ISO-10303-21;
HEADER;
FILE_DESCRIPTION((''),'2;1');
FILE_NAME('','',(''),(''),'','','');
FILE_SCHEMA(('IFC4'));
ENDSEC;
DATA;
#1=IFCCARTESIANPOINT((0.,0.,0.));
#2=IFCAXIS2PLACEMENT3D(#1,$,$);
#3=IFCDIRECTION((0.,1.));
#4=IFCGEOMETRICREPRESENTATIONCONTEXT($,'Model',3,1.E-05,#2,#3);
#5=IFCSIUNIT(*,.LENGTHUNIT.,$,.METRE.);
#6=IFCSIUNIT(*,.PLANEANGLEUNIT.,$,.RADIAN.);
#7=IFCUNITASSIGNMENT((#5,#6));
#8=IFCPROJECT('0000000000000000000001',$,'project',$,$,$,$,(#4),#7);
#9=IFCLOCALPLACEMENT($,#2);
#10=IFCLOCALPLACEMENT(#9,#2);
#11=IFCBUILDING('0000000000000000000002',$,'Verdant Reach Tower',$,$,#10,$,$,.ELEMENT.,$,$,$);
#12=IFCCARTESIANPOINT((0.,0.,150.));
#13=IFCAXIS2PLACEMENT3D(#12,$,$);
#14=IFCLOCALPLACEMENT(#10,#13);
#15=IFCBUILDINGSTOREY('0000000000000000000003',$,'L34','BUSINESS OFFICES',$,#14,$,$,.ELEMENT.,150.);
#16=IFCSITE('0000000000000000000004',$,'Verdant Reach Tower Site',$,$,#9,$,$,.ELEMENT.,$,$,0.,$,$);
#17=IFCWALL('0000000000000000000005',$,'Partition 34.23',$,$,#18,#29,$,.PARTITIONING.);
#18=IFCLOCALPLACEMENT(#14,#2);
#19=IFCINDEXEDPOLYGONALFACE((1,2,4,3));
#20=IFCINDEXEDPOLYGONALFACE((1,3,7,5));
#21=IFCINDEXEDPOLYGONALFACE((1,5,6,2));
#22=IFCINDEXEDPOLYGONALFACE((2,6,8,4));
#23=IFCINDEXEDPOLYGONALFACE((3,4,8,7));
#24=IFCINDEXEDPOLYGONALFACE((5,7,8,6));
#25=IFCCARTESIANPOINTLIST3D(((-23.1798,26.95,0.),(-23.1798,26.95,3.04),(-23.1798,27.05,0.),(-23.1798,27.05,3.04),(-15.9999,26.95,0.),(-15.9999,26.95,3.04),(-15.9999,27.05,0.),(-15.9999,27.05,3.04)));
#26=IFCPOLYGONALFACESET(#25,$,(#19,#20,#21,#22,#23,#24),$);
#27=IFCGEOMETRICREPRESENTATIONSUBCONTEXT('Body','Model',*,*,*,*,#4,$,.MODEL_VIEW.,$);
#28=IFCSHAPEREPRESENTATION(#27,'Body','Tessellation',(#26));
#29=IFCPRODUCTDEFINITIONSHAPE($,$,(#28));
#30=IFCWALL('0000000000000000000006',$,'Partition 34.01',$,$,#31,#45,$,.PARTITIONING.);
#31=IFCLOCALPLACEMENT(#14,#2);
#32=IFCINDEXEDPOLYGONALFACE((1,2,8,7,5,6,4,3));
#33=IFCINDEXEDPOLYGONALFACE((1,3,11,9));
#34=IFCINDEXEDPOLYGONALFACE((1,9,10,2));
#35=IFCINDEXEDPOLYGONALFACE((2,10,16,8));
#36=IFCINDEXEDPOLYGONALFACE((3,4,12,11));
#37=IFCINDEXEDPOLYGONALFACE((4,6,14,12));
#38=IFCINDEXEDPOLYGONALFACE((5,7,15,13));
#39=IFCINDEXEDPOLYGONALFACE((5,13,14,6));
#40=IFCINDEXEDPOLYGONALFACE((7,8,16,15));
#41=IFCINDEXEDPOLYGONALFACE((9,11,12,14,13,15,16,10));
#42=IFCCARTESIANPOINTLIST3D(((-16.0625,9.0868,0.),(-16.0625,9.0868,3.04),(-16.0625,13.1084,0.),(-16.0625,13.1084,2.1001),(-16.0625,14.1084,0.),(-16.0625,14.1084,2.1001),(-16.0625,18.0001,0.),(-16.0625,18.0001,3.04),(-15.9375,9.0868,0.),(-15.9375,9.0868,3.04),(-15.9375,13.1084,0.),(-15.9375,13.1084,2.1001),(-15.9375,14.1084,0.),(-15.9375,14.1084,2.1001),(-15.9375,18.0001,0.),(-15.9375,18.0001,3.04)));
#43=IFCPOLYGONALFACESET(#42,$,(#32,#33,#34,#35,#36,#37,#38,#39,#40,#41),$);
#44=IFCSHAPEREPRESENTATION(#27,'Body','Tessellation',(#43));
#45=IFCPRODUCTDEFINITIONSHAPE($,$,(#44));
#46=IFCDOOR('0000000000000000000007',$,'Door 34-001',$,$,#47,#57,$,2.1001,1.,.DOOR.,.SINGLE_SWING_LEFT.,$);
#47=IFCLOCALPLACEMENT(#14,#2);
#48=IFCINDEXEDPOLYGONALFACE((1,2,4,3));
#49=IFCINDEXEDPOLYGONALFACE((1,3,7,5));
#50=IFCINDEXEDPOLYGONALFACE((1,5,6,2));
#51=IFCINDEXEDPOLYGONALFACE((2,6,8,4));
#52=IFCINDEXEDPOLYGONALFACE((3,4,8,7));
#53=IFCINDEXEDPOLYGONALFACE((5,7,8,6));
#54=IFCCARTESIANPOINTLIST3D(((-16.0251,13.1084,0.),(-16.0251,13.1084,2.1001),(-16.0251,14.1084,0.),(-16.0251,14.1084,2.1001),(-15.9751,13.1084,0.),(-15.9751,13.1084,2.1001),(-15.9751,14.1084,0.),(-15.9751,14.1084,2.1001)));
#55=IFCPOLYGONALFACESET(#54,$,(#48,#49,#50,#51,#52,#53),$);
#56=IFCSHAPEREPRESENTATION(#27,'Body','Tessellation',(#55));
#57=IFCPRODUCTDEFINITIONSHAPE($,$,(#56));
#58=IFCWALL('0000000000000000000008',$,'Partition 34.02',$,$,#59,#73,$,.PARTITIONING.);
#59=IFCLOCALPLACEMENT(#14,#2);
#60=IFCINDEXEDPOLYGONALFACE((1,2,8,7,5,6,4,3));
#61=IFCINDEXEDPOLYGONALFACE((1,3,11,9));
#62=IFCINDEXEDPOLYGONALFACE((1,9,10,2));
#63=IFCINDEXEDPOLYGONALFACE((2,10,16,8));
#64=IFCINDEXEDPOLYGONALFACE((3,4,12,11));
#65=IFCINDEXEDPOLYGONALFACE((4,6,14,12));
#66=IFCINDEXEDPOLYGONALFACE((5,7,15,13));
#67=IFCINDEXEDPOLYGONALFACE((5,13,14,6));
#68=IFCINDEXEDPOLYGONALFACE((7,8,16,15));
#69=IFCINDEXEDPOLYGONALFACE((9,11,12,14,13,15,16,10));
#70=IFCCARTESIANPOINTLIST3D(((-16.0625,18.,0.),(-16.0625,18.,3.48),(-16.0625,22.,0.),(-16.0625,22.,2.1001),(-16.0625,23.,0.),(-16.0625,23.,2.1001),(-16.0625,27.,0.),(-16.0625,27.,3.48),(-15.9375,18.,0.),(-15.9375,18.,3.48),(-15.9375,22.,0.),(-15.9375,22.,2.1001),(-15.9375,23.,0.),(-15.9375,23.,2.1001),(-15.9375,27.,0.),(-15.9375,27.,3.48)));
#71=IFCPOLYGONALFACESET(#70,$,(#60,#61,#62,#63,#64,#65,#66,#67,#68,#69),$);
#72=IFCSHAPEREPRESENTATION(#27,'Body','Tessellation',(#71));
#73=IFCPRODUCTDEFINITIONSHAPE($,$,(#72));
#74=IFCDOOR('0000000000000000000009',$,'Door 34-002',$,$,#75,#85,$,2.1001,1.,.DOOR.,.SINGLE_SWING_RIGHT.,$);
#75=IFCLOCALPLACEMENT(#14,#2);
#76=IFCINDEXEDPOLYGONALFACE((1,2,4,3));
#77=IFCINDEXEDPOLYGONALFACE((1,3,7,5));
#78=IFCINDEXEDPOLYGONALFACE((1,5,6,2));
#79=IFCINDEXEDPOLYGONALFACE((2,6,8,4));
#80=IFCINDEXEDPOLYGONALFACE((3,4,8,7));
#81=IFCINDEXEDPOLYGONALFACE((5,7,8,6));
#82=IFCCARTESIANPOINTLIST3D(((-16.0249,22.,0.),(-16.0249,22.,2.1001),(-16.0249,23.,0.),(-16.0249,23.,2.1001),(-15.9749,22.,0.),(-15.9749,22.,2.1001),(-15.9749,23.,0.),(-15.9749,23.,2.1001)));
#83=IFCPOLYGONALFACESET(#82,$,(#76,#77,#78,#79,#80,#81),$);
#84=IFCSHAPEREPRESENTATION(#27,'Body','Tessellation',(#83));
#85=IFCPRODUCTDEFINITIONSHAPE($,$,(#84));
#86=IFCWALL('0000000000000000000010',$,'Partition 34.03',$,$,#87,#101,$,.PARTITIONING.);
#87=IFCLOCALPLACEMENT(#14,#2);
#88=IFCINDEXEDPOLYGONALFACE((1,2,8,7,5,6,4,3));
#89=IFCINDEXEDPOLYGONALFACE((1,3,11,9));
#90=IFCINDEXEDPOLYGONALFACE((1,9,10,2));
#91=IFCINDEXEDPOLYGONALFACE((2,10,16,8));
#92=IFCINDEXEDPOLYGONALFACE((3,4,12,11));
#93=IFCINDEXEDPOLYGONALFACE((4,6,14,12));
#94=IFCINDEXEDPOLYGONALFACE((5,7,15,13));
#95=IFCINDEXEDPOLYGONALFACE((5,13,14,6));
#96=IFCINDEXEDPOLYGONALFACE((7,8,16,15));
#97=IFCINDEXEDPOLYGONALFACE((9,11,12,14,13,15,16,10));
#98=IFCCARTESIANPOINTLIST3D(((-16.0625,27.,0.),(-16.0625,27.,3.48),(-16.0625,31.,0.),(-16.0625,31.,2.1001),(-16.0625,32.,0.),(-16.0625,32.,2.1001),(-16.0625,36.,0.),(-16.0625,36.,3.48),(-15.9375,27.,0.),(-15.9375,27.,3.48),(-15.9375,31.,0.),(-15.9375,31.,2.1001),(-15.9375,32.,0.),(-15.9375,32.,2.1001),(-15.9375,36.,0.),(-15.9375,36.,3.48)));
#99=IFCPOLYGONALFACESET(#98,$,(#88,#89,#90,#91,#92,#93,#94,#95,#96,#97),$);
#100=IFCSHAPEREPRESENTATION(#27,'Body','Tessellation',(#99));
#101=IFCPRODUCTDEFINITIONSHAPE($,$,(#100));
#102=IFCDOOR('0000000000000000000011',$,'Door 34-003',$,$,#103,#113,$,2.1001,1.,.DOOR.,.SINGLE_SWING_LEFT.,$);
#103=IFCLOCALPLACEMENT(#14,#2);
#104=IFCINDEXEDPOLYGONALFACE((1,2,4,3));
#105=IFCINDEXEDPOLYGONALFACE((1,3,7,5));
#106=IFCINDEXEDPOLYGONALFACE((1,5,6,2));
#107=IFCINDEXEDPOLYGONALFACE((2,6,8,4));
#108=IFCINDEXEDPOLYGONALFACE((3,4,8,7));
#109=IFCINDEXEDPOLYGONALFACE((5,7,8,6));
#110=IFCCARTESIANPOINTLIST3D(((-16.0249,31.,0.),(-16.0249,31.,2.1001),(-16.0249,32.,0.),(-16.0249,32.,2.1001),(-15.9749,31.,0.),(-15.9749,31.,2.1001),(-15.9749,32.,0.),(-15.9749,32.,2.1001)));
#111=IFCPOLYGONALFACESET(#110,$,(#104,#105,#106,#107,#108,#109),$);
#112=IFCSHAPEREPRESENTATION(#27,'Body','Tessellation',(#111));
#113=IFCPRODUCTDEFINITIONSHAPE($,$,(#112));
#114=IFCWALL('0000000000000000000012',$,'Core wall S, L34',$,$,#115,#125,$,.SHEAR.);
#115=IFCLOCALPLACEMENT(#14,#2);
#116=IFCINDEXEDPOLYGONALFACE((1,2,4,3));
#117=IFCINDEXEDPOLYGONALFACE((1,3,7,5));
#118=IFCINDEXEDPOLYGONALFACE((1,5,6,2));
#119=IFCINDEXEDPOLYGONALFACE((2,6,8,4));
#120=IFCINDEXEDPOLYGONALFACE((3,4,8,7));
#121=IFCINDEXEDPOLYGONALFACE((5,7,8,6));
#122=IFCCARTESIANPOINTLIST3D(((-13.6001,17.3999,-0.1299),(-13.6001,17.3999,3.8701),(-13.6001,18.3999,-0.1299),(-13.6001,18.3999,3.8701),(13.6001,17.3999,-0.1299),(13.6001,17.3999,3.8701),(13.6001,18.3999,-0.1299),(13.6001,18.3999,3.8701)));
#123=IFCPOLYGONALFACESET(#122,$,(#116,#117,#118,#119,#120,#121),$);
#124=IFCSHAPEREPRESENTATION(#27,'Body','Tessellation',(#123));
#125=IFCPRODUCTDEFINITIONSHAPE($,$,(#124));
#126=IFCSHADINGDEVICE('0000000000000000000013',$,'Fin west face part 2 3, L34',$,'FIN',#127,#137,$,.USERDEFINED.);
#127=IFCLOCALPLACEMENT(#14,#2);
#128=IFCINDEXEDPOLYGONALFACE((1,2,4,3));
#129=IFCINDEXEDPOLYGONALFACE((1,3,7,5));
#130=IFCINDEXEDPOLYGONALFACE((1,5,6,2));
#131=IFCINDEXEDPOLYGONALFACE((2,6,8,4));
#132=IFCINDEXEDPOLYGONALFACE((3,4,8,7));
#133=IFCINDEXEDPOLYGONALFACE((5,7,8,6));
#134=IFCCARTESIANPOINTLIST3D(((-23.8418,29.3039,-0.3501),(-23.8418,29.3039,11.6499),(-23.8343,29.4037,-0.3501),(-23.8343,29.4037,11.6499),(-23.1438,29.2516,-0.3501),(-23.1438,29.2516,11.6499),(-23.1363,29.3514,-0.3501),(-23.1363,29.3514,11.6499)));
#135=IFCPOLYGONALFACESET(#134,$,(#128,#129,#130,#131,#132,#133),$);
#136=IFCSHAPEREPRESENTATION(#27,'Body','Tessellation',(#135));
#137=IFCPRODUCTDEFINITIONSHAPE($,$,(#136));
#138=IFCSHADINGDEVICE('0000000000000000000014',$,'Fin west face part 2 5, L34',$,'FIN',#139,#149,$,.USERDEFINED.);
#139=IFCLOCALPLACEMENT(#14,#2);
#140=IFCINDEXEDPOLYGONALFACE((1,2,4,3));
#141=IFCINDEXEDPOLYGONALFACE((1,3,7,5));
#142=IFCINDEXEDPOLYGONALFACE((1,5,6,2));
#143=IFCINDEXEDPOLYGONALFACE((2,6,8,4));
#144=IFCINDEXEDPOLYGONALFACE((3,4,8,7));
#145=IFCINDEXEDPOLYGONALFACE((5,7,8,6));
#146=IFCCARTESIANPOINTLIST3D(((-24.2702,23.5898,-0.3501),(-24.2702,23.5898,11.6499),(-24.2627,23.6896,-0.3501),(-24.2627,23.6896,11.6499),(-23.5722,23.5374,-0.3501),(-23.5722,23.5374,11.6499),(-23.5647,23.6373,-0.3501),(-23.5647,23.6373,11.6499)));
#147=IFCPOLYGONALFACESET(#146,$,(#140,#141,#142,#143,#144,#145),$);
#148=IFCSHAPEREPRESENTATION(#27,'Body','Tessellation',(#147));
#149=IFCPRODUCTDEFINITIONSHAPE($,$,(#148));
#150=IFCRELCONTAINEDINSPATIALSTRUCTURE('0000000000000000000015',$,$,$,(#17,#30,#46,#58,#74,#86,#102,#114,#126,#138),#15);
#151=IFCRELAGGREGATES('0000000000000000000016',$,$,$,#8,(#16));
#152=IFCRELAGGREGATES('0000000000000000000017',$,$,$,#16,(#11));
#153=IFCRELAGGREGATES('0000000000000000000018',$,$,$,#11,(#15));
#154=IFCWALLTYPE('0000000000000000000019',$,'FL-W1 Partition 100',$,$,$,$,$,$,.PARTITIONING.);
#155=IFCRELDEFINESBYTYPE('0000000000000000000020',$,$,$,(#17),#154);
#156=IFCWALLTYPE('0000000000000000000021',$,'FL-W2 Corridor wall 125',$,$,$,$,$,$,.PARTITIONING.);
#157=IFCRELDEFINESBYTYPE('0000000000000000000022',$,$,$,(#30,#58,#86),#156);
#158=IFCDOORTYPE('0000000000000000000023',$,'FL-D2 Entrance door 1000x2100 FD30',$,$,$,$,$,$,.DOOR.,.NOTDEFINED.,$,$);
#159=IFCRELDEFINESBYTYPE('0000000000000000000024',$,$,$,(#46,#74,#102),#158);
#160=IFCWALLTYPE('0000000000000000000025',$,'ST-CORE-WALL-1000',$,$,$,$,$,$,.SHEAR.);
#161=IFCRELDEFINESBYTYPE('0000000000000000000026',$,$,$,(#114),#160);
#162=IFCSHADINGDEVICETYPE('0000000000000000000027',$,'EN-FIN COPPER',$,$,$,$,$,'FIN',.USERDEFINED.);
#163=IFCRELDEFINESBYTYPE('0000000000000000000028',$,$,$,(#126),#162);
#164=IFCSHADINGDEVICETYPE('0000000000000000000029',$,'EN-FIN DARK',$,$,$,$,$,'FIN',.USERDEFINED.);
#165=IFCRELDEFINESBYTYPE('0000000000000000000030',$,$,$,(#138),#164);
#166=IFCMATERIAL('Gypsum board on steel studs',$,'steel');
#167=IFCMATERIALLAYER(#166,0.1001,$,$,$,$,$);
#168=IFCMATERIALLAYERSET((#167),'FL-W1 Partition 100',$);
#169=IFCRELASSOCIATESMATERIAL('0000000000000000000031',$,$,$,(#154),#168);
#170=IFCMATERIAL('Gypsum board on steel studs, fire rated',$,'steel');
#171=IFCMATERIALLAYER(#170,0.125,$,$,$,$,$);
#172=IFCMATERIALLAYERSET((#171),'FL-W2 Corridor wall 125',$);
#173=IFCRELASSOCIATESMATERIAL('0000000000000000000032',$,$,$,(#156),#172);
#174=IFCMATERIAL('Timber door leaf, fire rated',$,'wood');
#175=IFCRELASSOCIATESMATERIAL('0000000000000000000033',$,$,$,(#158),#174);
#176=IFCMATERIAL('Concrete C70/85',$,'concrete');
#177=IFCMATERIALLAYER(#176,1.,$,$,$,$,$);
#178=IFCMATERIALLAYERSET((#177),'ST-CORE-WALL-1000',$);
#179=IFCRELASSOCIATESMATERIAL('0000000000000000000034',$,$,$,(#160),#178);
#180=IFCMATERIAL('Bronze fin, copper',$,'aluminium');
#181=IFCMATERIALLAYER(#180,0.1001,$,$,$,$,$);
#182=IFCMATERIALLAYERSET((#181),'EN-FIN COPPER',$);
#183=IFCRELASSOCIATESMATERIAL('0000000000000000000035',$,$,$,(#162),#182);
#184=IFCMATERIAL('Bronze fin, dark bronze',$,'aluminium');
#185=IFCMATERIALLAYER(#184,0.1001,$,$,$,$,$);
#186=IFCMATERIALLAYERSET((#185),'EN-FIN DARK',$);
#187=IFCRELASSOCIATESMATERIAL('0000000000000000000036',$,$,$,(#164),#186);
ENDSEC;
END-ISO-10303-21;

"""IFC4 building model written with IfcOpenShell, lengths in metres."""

from ifc_helpers import new_model, si_unit, direction, frame, frame_2d, origin, origin_2d, place, context, subcontext, project, spatial, rectangle, extrude, material, layer, layer_set, type_object, element, fill, save


model = new_model("IFC4")

# Units and contexts
model_context = context("Model", 3, precision=1e-05, world=origin(), true_north=direction((0.0, 1.0)))
body_context = subcontext(model_context, "Body", "Model", "MODEL_VIEW")
ifc_project = project(units=[si_unit("LENGTHUNIT", "METRE"), si_unit("PLANEANGLEUNIT", "RADIAN")], contexts=[model_context])

# Site, building, storey
site_placement = place(None, origin())
site = spatial("IfcSite", under=ifc_project, at=site_placement, Name="Verdant Reach Tower Site", CompositionType="ELEMENT", RefElevation=0.0)
building_placement = place(site_placement, origin())
building = spatial("IfcBuilding", under=site, at=building_placement, Name="Verdant Reach Tower", CompositionType="ELEMENT")
storey_placement = place(building_placement, frame((0.0, 0.0, 150.0)))
storey = spatial("IfcBuildingStorey", under=building, at=storey_placement, Name="L34", Description="BUSINESS OFFICES", CompositionType="ELEMENT", Elevation=150.0)

# Wall
ifc_material_1 = material(Name="Gypsum board on steel studs", Category="steel")
ifc_layer_1 = layer(ifc_material_1, 0.1001)
ifc_layer_set_1 = layer_set([ifc_layer_1], Name="FL-W1 Partition 100")
wall_type_1 = type_object("IfcWallType", Name="FL-W1 Partition 100", PredefinedType="PARTITIONING", material=ifc_layer_set_1)
wall_1_placement = place(storey_placement, frame((-16.0, 27.0, 0.0), z_axis=(0.0, 0.0, 1.0), x_axis=(-1.0, 0.0, 0.0)))
element("IfcWall", 1, at=wall_1_placement, inside=storey, type_object=wall_type_1, Name="Partition 34.23", PredefinedType="PARTITIONING", context=body_context, shape_type="SweptSolid", body=[
    extrude(rectangle(XDim=7.1799, YDim=0.1001, at=frame_2d((3.5898, 0.0))), origin(), (0.0, 0.0, 1.0), 3.04),
])

# Walls, openings, doors
ifc_material_2 = material(Name="Gypsum board on steel studs, fire rated", Category="steel")
ifc_layer_2 = layer(ifc_material_2, 0.125)
ifc_layer_set_2 = layer_set([ifc_layer_2], Name="FL-W2 Corridor wall 125")
wall_type_2 = type_object("IfcWallType", Name="FL-W2 Corridor wall 125", PredefinedType="PARTITIONING", material=ifc_layer_set_2)
wall_2_placement = place(storey_placement, frame((-16.0, 18.0, 0.0), z_axis=(0.0, 0.0, 1.0), x_axis=(0.0, -1.0, 0.0)))
wall_2 = element("IfcWall", 2, at=wall_2_placement, inside=storey, type_object=wall_type_2, Name="Partition 34.01", PredefinedType="PARTITIONING", context=body_context, shape_type="SweptSolid", body=[
    extrude(rectangle(XDim=8.9133, YDim=0.125, at=frame_2d((4.4565, 0.0))), origin(), (0.0, 0.0, 1.0), 3.04),
])
opening_1_placement = place(wall_2_placement, frame((3.8916, 0.0, 0.0)))
opening_1 = element("IfcOpeningElement", 3, at=opening_1_placement, cuts=wall_2, PredefinedType="OPENING", context=body_context, shape_type="SweptSolid", body=[
    extrude(rectangle(XDim=1.0, YDim=2.1001, at=frame_2d((0.5, 1.05))), frame((0.0, 0.0725, 0.0), z_axis=(0.0, -1.0, 0.0), x_axis=(1.0, 0.0, 0.0)), (0.0, 0.0, 1.0), 0.145),
])
ifc_material_3 = material(Name="Timber door leaf, fire rated", Category="wood")
door_type = type_object("IfcDoorType", Name="FL-D2 Entrance door 1000x2100 FD30", OperationType="NOTDEFINED", PredefinedType="DOOR", material=ifc_material_3)
door_1_placement = place(opening_1_placement, origin())
door_1 = element("IfcDoor", 4, at=door_1_placement, inside=storey, type_object=door_type, Name="Door 34-001", OperationType="SINGLE_SWING_LEFT", OverallHeight=2.1001, OverallWidth=1.0, PredefinedType="DOOR", context=body_context, shape_type="SweptSolid", body=[
    extrude(rectangle(XDim=1.0, YDim=2.1001, at=frame_2d((0.5, 1.05))), frame((0.0, 0.0249, 0.0), z_axis=(0.0, -1.0, 0.0), x_axis=(1.0, 0.0, 0.0)), (0.0, 0.0, 1.0), 0.05),
])
fill(opening_1, door_1)
wall_3_placement = place(storey_placement, frame((-16.0, 18.0, 0.0), z_axis=(0.0, 0.0, 1.0), x_axis=(0.0, 1.0, 0.0)))
wall_3 = element("IfcWall", 5, at=wall_3_placement, inside=storey, type_object=wall_type_2, Name="Partition 34.02", PredefinedType="PARTITIONING", context=body_context, shape_type="SweptSolid", body=[
    extrude(rectangle(XDim=9.0, YDim=0.125, at=frame_2d((4.5, 0.0))), origin(), (0.0, 0.0, 1.0), 3.48),
])
opening_2_placement = place(wall_3_placement, frame((4.0, 0.0, 0.0)))
opening_2 = element("IfcOpeningElement", 6, at=opening_2_placement, cuts=wall_3, PredefinedType="OPENING", context=body_context, shape_type="SweptSolid", body=[
    extrude(rectangle(XDim=1.0, YDim=2.1001, at=frame_2d((0.5, 1.05))), frame((0.0, 0.0725, 0.0), z_axis=(0.0, -1.0, 0.0), x_axis=(1.0, 0.0, 0.0)), (0.0, 0.0, 1.0), 0.145),
])
door_2_placement = place(opening_2_placement, origin())
door_2 = element("IfcDoor", 7, at=door_2_placement, inside=storey, type_object=door_type, Name="Door 34-002", OperationType="SINGLE_SWING_RIGHT", OverallHeight=2.1001, OverallWidth=1.0, PredefinedType="DOOR", context=body_context, shape_type="SweptSolid", body=[
    extrude(rectangle(XDim=1.0, YDim=2.1001, at=frame_2d((0.5, 1.05))), frame((0.0, 0.0249, 0.0), z_axis=(0.0, -1.0, 0.0), x_axis=(1.0, 0.0, 0.0)), (0.0, 0.0, 1.0), 0.05),
])
fill(opening_2, door_2)
wall_4_placement = place(storey_placement, frame((-16.0, 27.0, 0.0), z_axis=(0.0, 0.0, 1.0), x_axis=(0.0, 1.0, 0.0)))
wall_4 = element("IfcWall", 8, at=wall_4_placement, inside=storey, type_object=wall_type_2, Name="Partition 34.03", PredefinedType="PARTITIONING", context=body_context, shape_type="SweptSolid", body=[
    extrude(rectangle(XDim=9.0, YDim=0.125, at=frame_2d((4.5, 0.0))), origin(), (0.0, 0.0, 1.0), 3.48),
])
opening_3_placement = place(wall_4_placement, frame((4.0, 0.0, 0.0)))
opening_3 = element("IfcOpeningElement", 9, at=opening_3_placement, cuts=wall_4, PredefinedType="OPENING", context=body_context, shape_type="SweptSolid", body=[
    extrude(rectangle(XDim=1.0, YDim=2.1001, at=frame_2d((0.5, 1.05))), frame((0.0, 0.0725, 0.0), z_axis=(0.0, -1.0, 0.0), x_axis=(1.0, 0.0, 0.0)), (0.0, 0.0, 1.0), 0.145),
])
door_3_placement = place(opening_3_placement, origin())
door_3 = element("IfcDoor", 10, at=door_3_placement, inside=storey, type_object=door_type, Name="Door 34-003", OperationType="SINGLE_SWING_LEFT", OverallHeight=2.1001, OverallWidth=1.0, PredefinedType="DOOR", context=body_context, shape_type="SweptSolid", body=[
    extrude(rectangle(XDim=1.0, YDim=2.1001, at=frame_2d((0.5, 1.05))), frame((0.0, 0.0249, 0.0), z_axis=(0.0, -1.0, 0.0), x_axis=(1.0, 0.0, 0.0)), (0.0, 0.0, 1.0), 0.05),
])
fill(opening_3, door_3)

# Wall
ifc_material_4 = material(Name="Concrete C70/85", Category="concrete")
ifc_layer_3 = layer(ifc_material_4, 1.0)
ifc_layer_set_3 = layer_set([ifc_layer_3], Name="ST-CORE-WALL-1000")
wall_type_3 = type_object("IfcWallType", Name="ST-CORE-WALL-1000", PredefinedType="SHEAR", material=ifc_layer_set_3)
wall_5_placement = place(storey_placement, frame((-13.6001, 17.8999, -0.1299), z_axis=(0.0, 0.0, 1.0), x_axis=(1.0, 0.0, 0.0)))
element("IfcWall", 11, at=wall_5_placement, inside=storey, type_object=wall_type_3, Name="Core wall S, L34", PredefinedType="SHEAR", context=body_context, shape_type="SweptSolid", body=[
    extrude(rectangle(XDim=27.2002, YDim=1.0, at=frame_2d((13.6001, 0.0))), origin(), (0.0, 0.0, 1.0), 4.0),
])

# Shading devices
ifc_material_5 = material(Name="Bronze fin, copper", Category="aluminium")
ifc_layer_4 = layer(ifc_material_5, 0.1001)
ifc_layer_set_4 = layer_set([ifc_layer_4], Name="EN-FIN COPPER")
shading_device_type_1 = type_object("IfcShadingDeviceType", Name="EN-FIN COPPER", ElementType="FIN", PredefinedType="USERDEFINED", material=ifc_layer_set_4)
shading_device_1_placement = place(storey_placement, frame((-23.489, 29.3276, -0.3501), z_axis=(0.0, 0.0, 1.0), x_axis=(-0.07479, -0.997199, 0.0)))
element("IfcShadingDevice", 12, at=shading_device_1_placement, inside=storey, type_object=shading_device_type_1, Name="Fin west face part 2 3, L34", ObjectType="FIN", PredefinedType="USERDEFINED", context=body_context, shape_type="SweptSolid", body=[
    extrude(rectangle(XDim=0.1001, YDim=0.7, at=origin_2d()), origin(), (0.0, 0.0, 1.0), 12.0),
])
ifc_material_6 = material(Name="Bronze fin, dark bronze", Category="aluminium")
ifc_layer_5 = layer(ifc_material_6, 0.1001)
ifc_layer_set_5 = layer_set([ifc_layer_5], Name="EN-FIN DARK")
shading_device_type_2 = type_object("IfcShadingDeviceType", Name="EN-FIN DARK", ElementType="FIN", PredefinedType="USERDEFINED", material=ifc_layer_set_5)
shading_device_2_placement = place(storey_placement, frame((-23.9175, 23.6135, -0.3501), z_axis=(0.0, 0.0, 1.0), x_axis=(-0.07479, -0.997199, 0.0)))
element("IfcShadingDevice", 13, at=shading_device_2_placement, inside=storey, type_object=shading_device_type_2, Name="Fin west face part 2 5, L34", ObjectType="FIN", PredefinedType="USERDEFINED", context=body_context, shape_type="SweptSolid", body=[
    extrude(rectangle(XDim=0.1001, YDim=0.7, at=origin_2d()), origin(), (0.0, 0.0, 1.0), 12.0),
])

save(model, "model.ifc")
